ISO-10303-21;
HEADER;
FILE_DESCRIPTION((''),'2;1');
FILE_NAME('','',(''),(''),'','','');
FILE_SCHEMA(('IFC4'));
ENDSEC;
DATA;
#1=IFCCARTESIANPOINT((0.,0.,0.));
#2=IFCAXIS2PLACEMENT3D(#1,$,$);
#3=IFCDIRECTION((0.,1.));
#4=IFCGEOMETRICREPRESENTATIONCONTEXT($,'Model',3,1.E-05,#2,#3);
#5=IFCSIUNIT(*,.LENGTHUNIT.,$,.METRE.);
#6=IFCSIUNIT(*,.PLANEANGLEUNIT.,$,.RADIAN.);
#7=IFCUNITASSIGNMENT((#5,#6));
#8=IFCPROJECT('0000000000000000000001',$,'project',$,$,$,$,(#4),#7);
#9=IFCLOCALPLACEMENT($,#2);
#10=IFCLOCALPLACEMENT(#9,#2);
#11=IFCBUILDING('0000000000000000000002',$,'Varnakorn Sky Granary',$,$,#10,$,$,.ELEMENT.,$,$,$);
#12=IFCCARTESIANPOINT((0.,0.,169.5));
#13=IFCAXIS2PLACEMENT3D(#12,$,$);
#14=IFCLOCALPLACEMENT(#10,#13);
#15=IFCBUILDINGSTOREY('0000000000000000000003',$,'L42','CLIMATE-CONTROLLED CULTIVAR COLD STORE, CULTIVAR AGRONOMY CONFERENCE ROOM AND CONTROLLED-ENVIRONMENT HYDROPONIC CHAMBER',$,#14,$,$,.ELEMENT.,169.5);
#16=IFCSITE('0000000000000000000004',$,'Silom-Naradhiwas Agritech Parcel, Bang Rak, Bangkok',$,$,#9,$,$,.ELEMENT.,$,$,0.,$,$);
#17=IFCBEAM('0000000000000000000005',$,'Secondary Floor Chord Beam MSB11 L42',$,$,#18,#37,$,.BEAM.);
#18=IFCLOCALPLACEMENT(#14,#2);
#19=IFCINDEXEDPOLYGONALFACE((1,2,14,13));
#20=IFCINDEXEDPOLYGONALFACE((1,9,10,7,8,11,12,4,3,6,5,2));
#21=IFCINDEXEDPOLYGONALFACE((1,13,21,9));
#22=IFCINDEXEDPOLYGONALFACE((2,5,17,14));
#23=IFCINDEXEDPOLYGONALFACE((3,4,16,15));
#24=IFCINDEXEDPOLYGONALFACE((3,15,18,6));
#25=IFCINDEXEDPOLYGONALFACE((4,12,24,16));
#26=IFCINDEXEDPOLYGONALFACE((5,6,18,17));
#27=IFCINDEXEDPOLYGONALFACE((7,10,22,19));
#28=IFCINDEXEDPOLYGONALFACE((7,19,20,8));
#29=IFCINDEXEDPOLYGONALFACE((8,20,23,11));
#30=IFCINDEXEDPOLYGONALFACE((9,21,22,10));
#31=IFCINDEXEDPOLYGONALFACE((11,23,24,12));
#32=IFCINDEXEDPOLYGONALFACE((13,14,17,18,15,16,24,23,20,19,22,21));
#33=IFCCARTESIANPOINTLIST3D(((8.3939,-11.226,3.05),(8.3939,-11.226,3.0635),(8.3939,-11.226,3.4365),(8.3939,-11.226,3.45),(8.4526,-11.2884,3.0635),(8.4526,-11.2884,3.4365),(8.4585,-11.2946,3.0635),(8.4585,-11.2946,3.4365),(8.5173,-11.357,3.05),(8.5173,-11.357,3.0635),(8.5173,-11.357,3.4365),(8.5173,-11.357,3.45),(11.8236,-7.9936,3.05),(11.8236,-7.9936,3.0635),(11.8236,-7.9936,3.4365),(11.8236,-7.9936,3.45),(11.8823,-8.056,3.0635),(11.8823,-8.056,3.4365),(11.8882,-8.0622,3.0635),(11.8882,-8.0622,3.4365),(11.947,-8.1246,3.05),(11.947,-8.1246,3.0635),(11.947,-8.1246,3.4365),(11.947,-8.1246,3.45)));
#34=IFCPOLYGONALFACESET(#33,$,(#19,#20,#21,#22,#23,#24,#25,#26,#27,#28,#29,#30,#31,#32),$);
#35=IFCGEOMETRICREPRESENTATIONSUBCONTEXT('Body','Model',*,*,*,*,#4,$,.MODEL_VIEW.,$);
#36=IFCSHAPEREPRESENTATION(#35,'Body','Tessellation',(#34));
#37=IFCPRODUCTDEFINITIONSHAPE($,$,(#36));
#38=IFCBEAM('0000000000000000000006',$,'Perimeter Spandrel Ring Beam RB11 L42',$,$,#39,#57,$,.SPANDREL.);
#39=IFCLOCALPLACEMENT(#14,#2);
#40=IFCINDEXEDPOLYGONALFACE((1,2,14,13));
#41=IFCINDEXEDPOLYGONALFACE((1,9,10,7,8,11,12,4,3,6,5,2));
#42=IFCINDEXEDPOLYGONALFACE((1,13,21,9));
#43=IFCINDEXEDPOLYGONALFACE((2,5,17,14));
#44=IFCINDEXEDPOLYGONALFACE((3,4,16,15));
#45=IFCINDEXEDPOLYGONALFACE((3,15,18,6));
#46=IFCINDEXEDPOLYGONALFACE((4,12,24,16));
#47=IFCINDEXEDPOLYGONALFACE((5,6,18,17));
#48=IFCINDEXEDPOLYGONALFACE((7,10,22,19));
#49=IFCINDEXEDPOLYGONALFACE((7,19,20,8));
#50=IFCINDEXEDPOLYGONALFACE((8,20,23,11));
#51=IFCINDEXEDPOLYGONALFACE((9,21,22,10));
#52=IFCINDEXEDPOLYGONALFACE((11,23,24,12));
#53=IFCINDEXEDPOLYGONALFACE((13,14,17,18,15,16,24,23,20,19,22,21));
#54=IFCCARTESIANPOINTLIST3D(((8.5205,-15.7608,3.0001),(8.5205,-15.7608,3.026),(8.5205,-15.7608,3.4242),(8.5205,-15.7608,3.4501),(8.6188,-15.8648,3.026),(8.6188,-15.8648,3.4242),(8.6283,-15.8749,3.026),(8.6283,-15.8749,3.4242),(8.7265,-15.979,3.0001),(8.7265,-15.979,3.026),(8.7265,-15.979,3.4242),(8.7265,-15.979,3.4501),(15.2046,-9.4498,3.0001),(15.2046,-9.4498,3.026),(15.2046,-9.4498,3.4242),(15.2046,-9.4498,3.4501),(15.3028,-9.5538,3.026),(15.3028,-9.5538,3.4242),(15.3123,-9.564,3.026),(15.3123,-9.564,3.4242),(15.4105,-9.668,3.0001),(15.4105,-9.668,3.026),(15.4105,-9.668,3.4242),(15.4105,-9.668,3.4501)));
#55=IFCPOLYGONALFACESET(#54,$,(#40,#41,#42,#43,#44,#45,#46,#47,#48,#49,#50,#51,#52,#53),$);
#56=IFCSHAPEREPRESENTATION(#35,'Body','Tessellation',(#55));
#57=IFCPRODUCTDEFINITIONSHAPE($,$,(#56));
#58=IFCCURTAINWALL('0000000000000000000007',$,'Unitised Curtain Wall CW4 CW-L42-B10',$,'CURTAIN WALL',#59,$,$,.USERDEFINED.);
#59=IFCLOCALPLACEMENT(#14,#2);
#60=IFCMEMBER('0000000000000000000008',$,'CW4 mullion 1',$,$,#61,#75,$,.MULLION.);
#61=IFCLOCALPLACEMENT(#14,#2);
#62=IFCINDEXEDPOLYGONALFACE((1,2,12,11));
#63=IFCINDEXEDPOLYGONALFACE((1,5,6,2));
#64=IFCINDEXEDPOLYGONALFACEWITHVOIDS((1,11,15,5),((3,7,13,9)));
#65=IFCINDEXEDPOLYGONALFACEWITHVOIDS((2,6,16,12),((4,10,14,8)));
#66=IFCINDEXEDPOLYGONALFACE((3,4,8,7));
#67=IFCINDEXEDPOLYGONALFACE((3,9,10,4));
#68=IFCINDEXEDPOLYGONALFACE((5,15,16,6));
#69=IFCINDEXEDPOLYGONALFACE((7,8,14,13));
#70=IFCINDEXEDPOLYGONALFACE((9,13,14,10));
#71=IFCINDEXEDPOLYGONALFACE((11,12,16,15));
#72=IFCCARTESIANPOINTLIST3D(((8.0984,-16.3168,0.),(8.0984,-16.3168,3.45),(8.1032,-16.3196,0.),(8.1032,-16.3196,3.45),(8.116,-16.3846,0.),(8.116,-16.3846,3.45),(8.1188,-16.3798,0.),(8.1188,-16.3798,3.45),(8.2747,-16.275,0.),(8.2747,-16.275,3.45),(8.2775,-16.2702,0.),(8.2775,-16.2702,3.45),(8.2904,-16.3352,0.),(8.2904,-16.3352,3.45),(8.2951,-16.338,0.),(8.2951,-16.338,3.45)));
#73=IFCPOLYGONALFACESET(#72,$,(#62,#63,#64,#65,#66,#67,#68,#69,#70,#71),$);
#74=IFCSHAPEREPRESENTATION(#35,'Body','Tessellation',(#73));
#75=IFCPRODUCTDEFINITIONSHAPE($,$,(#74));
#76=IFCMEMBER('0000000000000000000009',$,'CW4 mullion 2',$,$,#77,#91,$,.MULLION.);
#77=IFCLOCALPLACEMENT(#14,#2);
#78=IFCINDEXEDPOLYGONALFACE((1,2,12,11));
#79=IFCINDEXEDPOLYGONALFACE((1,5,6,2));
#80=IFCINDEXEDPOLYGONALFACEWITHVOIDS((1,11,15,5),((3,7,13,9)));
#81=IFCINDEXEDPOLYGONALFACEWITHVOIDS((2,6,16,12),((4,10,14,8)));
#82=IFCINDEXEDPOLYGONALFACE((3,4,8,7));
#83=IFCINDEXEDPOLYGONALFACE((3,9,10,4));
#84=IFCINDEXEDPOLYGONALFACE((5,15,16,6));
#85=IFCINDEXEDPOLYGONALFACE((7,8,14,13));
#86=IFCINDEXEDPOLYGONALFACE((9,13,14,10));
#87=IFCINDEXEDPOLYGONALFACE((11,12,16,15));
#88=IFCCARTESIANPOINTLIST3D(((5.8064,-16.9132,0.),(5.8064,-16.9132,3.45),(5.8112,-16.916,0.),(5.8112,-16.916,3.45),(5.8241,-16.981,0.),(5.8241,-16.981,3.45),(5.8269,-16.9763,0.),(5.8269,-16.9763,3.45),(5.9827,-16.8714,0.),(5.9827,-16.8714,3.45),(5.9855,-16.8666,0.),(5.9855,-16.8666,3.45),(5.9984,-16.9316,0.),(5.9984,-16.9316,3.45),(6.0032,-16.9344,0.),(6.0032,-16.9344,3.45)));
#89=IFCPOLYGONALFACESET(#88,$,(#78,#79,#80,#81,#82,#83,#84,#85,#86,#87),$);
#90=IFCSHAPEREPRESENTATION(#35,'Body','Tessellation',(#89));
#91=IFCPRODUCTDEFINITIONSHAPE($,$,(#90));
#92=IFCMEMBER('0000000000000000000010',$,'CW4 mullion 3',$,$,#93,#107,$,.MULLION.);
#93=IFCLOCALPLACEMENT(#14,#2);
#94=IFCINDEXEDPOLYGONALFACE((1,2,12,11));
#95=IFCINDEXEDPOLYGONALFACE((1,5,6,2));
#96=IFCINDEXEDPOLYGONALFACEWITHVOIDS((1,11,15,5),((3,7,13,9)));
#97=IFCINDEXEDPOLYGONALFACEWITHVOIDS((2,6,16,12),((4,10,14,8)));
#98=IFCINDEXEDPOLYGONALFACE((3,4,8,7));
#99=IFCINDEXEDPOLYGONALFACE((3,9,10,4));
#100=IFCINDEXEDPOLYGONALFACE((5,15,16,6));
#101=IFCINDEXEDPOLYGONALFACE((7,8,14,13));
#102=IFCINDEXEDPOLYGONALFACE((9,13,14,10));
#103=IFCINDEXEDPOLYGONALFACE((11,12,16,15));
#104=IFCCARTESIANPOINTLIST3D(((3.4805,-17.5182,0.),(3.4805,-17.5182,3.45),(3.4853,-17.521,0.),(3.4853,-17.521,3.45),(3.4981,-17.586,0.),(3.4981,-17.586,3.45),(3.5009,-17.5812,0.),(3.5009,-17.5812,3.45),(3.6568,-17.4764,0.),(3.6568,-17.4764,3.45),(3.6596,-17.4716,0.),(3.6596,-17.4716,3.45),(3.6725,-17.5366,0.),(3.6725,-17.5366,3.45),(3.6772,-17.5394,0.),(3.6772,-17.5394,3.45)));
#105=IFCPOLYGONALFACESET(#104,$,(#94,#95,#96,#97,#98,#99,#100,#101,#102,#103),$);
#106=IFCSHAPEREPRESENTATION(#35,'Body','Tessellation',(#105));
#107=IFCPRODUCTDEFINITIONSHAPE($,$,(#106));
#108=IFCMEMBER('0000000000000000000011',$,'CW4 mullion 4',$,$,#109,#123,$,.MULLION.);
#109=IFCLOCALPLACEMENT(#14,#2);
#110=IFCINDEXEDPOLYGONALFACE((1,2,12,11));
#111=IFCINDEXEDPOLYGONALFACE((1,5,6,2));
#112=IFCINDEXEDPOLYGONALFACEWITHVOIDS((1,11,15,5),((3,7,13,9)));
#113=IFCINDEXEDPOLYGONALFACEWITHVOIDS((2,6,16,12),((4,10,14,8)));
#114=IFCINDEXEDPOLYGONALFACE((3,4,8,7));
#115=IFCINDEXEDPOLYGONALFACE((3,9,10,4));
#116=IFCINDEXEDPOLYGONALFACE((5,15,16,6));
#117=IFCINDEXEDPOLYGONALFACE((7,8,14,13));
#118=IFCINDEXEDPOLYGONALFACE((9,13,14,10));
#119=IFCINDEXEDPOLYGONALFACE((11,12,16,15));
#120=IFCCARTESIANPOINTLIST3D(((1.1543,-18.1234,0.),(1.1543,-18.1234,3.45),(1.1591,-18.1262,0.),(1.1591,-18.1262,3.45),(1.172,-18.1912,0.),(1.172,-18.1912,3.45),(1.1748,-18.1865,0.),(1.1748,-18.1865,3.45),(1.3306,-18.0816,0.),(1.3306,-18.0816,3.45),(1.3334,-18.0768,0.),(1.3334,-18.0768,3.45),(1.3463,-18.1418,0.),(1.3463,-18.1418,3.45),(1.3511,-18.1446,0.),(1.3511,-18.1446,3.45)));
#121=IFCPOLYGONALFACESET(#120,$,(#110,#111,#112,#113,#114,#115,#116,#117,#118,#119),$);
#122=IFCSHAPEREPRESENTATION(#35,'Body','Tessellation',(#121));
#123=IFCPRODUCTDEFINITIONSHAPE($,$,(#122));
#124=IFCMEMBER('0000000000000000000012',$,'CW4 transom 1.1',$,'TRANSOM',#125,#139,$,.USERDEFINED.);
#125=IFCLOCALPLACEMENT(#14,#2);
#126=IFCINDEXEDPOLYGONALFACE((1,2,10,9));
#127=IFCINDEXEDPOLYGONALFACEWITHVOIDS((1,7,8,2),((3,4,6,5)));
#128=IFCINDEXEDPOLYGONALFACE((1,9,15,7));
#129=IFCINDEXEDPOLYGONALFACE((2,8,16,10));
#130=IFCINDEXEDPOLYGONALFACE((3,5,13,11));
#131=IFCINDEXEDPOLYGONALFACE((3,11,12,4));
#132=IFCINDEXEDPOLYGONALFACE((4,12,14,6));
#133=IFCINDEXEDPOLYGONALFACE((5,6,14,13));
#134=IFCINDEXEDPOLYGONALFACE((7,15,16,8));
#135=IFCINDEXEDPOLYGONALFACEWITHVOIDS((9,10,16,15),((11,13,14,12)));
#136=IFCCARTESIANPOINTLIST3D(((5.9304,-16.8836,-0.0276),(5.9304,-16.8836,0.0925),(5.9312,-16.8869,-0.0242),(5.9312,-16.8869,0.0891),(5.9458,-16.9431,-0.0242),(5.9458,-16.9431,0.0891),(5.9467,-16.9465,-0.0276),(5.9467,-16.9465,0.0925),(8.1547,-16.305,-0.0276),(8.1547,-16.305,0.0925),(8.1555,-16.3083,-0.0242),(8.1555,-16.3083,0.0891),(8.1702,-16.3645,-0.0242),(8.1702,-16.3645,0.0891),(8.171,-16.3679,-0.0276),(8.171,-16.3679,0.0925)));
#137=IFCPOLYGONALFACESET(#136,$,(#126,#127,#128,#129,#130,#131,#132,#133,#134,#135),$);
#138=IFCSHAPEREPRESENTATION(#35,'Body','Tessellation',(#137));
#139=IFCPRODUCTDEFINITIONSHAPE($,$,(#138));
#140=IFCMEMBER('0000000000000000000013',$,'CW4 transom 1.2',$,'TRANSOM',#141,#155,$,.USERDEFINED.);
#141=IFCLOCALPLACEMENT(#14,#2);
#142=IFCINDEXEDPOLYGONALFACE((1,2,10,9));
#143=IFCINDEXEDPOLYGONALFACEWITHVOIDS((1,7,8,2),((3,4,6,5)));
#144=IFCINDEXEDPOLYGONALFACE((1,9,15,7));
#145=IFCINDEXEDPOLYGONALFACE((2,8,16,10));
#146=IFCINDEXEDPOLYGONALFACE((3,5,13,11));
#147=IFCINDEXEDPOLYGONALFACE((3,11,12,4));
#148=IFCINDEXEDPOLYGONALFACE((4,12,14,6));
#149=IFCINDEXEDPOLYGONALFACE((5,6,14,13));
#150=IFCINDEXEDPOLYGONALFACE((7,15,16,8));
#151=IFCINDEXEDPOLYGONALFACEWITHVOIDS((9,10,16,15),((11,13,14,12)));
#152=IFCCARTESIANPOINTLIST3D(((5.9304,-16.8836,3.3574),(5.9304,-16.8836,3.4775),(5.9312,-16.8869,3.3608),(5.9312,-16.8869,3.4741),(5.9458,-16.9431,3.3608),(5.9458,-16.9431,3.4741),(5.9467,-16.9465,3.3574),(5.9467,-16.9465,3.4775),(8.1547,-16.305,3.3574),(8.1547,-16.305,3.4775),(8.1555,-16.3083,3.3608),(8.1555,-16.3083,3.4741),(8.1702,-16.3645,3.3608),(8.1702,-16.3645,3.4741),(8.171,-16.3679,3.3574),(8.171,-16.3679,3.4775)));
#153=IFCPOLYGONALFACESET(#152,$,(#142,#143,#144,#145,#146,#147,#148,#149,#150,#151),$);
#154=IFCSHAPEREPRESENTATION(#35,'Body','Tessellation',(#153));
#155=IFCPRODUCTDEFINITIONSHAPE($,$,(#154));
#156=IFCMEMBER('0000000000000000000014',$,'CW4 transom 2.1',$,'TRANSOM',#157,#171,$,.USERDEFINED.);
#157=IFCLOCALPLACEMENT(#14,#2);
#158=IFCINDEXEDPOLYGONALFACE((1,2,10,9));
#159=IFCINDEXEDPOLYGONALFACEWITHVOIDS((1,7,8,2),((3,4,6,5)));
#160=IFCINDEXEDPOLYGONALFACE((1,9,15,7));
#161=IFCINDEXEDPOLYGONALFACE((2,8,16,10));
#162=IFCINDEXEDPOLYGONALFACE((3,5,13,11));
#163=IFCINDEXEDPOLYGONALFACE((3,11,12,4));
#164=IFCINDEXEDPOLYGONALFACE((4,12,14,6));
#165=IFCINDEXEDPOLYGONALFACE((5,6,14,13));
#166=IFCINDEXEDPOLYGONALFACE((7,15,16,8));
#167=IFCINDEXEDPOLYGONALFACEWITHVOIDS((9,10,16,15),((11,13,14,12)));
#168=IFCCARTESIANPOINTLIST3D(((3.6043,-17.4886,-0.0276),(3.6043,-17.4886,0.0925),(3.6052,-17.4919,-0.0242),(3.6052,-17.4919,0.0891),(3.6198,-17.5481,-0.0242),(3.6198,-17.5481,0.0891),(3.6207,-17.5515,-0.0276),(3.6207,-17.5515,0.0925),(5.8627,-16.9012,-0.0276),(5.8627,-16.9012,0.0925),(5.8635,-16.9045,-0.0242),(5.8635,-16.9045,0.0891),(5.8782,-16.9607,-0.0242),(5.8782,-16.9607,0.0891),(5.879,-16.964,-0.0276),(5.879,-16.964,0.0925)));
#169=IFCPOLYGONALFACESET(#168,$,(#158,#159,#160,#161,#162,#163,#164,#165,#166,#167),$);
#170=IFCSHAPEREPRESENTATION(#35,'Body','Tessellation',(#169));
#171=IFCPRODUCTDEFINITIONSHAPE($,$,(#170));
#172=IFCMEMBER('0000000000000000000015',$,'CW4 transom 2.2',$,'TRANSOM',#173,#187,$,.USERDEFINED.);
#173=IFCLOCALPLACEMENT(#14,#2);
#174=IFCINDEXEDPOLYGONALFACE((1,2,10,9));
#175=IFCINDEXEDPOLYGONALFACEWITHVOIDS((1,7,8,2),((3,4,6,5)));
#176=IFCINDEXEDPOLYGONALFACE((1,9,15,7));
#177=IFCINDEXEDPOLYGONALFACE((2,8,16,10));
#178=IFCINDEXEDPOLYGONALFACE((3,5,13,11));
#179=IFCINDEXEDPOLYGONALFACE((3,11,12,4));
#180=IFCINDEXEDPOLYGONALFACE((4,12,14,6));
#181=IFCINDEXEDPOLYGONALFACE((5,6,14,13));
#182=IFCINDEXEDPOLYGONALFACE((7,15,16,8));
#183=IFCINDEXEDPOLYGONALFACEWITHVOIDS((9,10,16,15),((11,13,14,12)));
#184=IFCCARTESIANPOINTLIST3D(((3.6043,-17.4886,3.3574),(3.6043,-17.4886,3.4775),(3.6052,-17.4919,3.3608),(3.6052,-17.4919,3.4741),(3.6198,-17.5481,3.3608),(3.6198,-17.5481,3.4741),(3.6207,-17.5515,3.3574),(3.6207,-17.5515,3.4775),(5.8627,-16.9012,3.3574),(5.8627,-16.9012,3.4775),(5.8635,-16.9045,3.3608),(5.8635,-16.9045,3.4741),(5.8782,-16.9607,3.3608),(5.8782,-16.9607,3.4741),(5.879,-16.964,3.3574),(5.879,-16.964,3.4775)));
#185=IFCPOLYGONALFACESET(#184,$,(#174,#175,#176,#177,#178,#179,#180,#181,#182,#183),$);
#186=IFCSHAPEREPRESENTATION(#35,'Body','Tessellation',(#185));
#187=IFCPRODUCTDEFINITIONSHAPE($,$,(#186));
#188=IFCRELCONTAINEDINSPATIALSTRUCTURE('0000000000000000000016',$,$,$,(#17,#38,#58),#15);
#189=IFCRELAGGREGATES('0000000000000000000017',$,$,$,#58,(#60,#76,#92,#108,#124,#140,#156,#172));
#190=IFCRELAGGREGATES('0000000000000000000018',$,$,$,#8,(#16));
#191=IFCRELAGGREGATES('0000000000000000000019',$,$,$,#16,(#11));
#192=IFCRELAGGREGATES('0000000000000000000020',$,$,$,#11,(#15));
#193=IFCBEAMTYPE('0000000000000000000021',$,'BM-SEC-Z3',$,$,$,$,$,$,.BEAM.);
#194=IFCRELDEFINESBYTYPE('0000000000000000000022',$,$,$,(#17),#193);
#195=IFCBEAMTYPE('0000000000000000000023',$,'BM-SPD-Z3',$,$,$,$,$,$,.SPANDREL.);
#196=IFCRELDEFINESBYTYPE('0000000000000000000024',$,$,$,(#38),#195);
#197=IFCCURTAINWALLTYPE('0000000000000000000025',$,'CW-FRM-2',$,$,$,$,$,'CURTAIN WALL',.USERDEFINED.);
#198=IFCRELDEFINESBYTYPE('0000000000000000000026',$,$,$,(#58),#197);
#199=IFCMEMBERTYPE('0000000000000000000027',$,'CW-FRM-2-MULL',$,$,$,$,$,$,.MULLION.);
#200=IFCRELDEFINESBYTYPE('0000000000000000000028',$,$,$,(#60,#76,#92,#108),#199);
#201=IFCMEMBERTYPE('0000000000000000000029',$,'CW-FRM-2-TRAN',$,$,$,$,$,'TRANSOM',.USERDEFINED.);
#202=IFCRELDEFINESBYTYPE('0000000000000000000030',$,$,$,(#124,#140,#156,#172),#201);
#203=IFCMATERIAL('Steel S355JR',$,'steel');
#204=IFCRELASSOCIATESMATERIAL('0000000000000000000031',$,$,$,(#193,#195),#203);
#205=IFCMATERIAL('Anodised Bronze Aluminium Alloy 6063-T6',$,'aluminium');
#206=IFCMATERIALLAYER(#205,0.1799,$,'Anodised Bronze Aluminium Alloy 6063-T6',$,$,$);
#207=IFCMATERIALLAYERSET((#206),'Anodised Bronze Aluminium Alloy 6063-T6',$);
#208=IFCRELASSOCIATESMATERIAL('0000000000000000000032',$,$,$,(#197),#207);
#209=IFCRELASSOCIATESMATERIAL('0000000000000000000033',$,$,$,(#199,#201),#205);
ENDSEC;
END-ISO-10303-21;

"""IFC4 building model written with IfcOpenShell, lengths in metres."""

from ifc_helpers import new_model, si_unit, direction, frame, origin, origin_2d, place, context, subcontext, project, spatial, hollow_rectangle, i_section, extrude, material, layer, layer_set, material_profile, profile_set, type_object, element, aggregate, save


model = new_model("IFC4")

# Units and contexts
model_context = context("Model", 3, precision=1e-05, world=origin(), true_north=direction((0.0, 1.0)))
body_context = subcontext(model_context, "Body", "Model", "MODEL_VIEW")
ifc_project = project(units=[si_unit("LENGTHUNIT", "METRE"), si_unit("PLANEANGLEUNIT", "RADIAN")], contexts=[model_context])

# Site, building, storey
site_placement = place(None, origin())
site = spatial("IfcSite", under=ifc_project, at=site_placement, Name="Silom-Naradhiwas Agritech Parcel, Bang Rak, Bangkok", CompositionType="ELEMENT", RefElevation=0.0)
building_placement = place(site_placement, origin())
building = spatial("IfcBuilding", under=site, at=building_placement, Name="Varnakorn Sky Granary", CompositionType="ELEMENT")
storey_placement = place(building_placement, frame((0.0, 0.0, 169.5)))
storey = spatial("IfcBuildingStorey", under=building, at=storey_placement, Name="L42", Description="CLIMATE-CONTROLLED CULTIVAR COLD STORE, CULTIVAR AGRONOMY CONFERENCE ROOM AND CONTROLLED-ENVIRONMENT HYDROPONIC CHAMBER", CompositionType="ELEMENT", Elevation=169.5)

# Beams
ifc_material_1 = material(Name="Steel S355JR", Category="steel")
ifc_material_profile_1 = material_profile(ifc_material_1, i_section(OverallWidth=0.1799, OverallDepth=0.3999, WebThickness=0.0085, FlangeThickness=0.0134, at=origin_2d()), Name="IPE 400")
ifc_profile_set_1 = profile_set([ifc_material_profile_1], Name="Steel S355JR")
beam_type_1 = type_object("IfcBeamType", Name="BM-SEC-Z3", PredefinedType="BEAM", material=ifc_profile_set_1)
beam_1_placement = place(storey_placement, frame((8.4556, -11.2915, 3.25), z_axis=(0.727725, 0.685869, 0.0), x_axis=(-0.685869, 0.727725, 0.0)))
element("IfcBeam", 1, at=beam_1_placement, inside=storey, type_object=beam_type_1, Name="Secondary Floor Chord Beam MSB11 L42", PredefinedType="BEAM", context=body_context, shape_type="SweptSolid", body=[
    extrude(i_section(OverallWidth=0.1799, OverallDepth=0.3999, WebThickness=0.0085, FlangeThickness=0.0134, at=origin_2d()), origin(), (0.0, 0.0, 1.0), 4.7129),
])
ifc_material_profile_2 = material_profile(ifc_material_1, i_section(OverallWidth=0.3, OverallDepth=0.45, WebThickness=0.0139, FlangeThickness=0.0259, at=origin_2d()), Name="HE 450 B")
ifc_profile_set_2 = profile_set([ifc_material_profile_2], Name="Steel S355JR")
beam_type_2 = type_object("IfcBeamType", Name="BM-SPD-Z3", PredefinedType="SPANDREL", material=ifc_profile_set_2)
beam_2_placement = place(storey_placement, frame((8.6235, -15.8699, 3.2251), z_axis=(0.727106, 0.686525, 0.0), x_axis=(-0.686525, 0.727106, 0.0)))
element("IfcBeam", 2, at=beam_2_placement, inside=storey, type_object=beam_type_2, Name="Perimeter Spandrel Ring Beam RB11 L42", PredefinedType="SPANDREL", context=body_context, shape_type="SweptSolid", body=[
    extrude(i_section(OverallWidth=0.3, OverallDepth=0.45, WebThickness=0.0139, FlangeThickness=0.0259, at=origin_2d()), origin(), (0.0, 0.0, 1.0), 9.1926),
])

# Curtain wall, members
ifc_material_2 = material(Name="Anodised Bronze Aluminium Alloy 6063-T6", Category="aluminium")
ifc_layer_1 = layer(ifc_material_2, 0.1799, Name="Anodised Bronze Aluminium Alloy 6063-T6")
ifc_layer_set_1 = layer_set([ifc_layer_1], Name="Anodised Bronze Aluminium Alloy 6063-T6")
curtain_wall_type = type_object("IfcCurtainWallType", Name="CW-FRM-2", ElementType="CURTAIN WALL", PredefinedType="USERDEFINED", material=ifc_layer_set_1)
curtain_wall_placement = place(storey_placement, origin())
curtain_wall = element("IfcCurtainWall", 3, at=curtain_wall_placement, inside=storey, type_object=curtain_wall_type, Name="Unitised Curtain Wall CW4 CW-L42-B10", ObjectType="CURTAIN WALL", PredefinedType="USERDEFINED")
ifc_material_profile_3 = material_profile(ifc_material_2, hollow_rectangle(XDim=0.0701, YDim=0.1851, WallThickness=0.0039, at=origin_2d()), Name="ALU MULL 70x185")
ifc_profile_set_3 = profile_set([ifc_material_profile_3], Name="Anodised Bronze Aluminium Alloy 6063-T6")
member_type_1 = type_object("IfcMemberType", Name="CW-FRM-2-MULL", PredefinedType="MULLION", material=ifc_profile_set_3)
member_1_placement = place(storey_placement, frame((8.1968, -16.3274, 0.0), z_axis=(0.0, 0.0, 1.0), x_axis=(0.251759, -0.96779, 0.0)))
member_1 = element("IfcMember", 4, at=member_1_placement, type_object=member_type_1, Name="CW4 mullion 1", PredefinedType="MULLION", context=body_context, shape_type="SweptSolid", body=[
    extrude(hollow_rectangle(XDim=0.0701, YDim=0.1851, WallThickness=0.0039, at=origin_2d()), origin(), (0.0, 0.0, 1.0), 3.45),
])
member_2_placement = place(storey_placement, frame((5.9048, -16.9238, 0.0), z_axis=(0.0, 0.0, 1.0), x_axis=(0.251759, -0.96779, 0.0)))
member_2 = element("IfcMember", 5, at=member_2_placement, type_object=member_type_1, Name="CW4 mullion 2", PredefinedType="MULLION", context=body_context, shape_type="SweptSolid", body=[
    extrude(hollow_rectangle(XDim=0.0701, YDim=0.1851, WallThickness=0.0039, at=origin_2d()), origin(), (0.0, 0.0, 1.0), 3.45),
])
member_3_placement = place(storey_placement, frame((3.5789, -17.5288, 0.0), z_axis=(0.0, 0.0, 1.0), x_axis=(0.251759, -0.96779, 0.0)))
member_3 = element("IfcMember", 6, at=member_3_placement, type_object=member_type_1, Name="CW4 mullion 3", PredefinedType="MULLION", context=body_context, shape_type="SweptSolid", body=[
    extrude(hollow_rectangle(XDim=0.0701, YDim=0.1851, WallThickness=0.0039, at=origin_2d()), origin(), (0.0, 0.0, 1.0), 3.45),
])
member_4_placement = place(storey_placement, frame((1.2527, -18.134, 0.0), z_axis=(0.0, 0.0, 1.0), x_axis=(0.251759, -0.96779, 0.0)))
member_4 = element("IfcMember", 7, at=member_4_placement, type_object=member_type_1, Name="CW4 mullion 4", PredefinedType="MULLION", context=body_context, shape_type="SweptSolid", body=[
    extrude(hollow_rectangle(XDim=0.0701, YDim=0.1851, WallThickness=0.0039, at=origin_2d()), origin(), (0.0, 0.0, 1.0), 3.45),
])
ifc_material_profile_4 = material_profile(ifc_material_2, hollow_rectangle(XDim=0.0649, YDim=0.1201, WallThickness=0.0034, at=origin_2d()), Name="ALU TRAN 65x120")
ifc_profile_set_4 = profile_set([ifc_material_profile_4], Name="Anodised Bronze Aluminium Alloy 6063-T6")
member_type_2 = type_object("IfcMemberType", Name="CW-FRM-2-TRAN", ElementType="TRANSOM", PredefinedType="USERDEFINED", material=ifc_profile_set_4)
member_5_placement = place(storey_placement, frame((8.1628, -16.3364, 0.0325), z_axis=(-0.967793, -0.251747, 0.0), x_axis=(0.251747, -0.967793, 0.0)))
member_5 = element("IfcMember", 8, at=member_5_placement, type_object=member_type_2, Name="CW4 transom 1.1", ObjectType="TRANSOM", PredefinedType="USERDEFINED", context=body_context, shape_type="SweptSolid", body=[
    extrude(hollow_rectangle(XDim=0.0649, YDim=0.1201, WallThickness=0.0034, at=origin_2d()), origin(), (0.0, 0.0, 1.0), 2.2983),
])
member_6_placement = place(storey_placement, frame((8.1628, -16.3364, 3.4175), z_axis=(-0.967793, -0.251747, 0.0), x_axis=(0.251747, -0.967793, 0.0)))
member_6 = element("IfcMember", 9, at=member_6_placement, type_object=member_type_2, Name="CW4 transom 1.2", ObjectType="TRANSOM", PredefinedType="USERDEFINED", context=body_context, shape_type="SweptSolid", body=[
    extrude(hollow_rectangle(XDim=0.0649, YDim=0.1201, WallThickness=0.0034, at=origin_2d()), origin(), (0.0, 0.0, 1.0), 2.2983),
])
member_7_placement = place(storey_placement, frame((5.8708, -16.9326, 0.0325), z_axis=(-0.967797, -0.251732, 0.0), x_axis=(0.251732, -0.967797, 0.0)))
member_7 = element("IfcMember", 10, at=member_7_placement, type_object=member_type_2, Name="CW4 transom 2.1", ObjectType="TRANSOM", PredefinedType="USERDEFINED", context=body_context, shape_type="SweptSolid", body=[
    extrude(hollow_rectangle(XDim=0.0649, YDim=0.1201, WallThickness=0.0034, at=origin_2d()), origin(), (0.0, 0.0, 1.0), 2.3335),
])
member_8_placement = place(storey_placement, frame((5.8708, -16.9326, 3.4175), z_axis=(-0.967797, -0.251732, 0.0), x_axis=(0.251732, -0.967797, 0.0)))
member_8 = element("IfcMember", 11, at=member_8_placement, type_object=member_type_2, Name="CW4 transom 2.2", ObjectType="TRANSOM", PredefinedType="USERDEFINED", context=body_context, shape_type="SweptSolid", body=[
    extrude(hollow_rectangle(XDim=0.0649, YDim=0.1201, WallThickness=0.0034, at=origin_2d()), origin(), (0.0, 0.0, 1.0), 2.3335),
])
aggregate(curtain_wall, [member_1, member_2, member_3, member_4, member_5, member_6, member_7, member_8])

save(model, "model.ifc")
